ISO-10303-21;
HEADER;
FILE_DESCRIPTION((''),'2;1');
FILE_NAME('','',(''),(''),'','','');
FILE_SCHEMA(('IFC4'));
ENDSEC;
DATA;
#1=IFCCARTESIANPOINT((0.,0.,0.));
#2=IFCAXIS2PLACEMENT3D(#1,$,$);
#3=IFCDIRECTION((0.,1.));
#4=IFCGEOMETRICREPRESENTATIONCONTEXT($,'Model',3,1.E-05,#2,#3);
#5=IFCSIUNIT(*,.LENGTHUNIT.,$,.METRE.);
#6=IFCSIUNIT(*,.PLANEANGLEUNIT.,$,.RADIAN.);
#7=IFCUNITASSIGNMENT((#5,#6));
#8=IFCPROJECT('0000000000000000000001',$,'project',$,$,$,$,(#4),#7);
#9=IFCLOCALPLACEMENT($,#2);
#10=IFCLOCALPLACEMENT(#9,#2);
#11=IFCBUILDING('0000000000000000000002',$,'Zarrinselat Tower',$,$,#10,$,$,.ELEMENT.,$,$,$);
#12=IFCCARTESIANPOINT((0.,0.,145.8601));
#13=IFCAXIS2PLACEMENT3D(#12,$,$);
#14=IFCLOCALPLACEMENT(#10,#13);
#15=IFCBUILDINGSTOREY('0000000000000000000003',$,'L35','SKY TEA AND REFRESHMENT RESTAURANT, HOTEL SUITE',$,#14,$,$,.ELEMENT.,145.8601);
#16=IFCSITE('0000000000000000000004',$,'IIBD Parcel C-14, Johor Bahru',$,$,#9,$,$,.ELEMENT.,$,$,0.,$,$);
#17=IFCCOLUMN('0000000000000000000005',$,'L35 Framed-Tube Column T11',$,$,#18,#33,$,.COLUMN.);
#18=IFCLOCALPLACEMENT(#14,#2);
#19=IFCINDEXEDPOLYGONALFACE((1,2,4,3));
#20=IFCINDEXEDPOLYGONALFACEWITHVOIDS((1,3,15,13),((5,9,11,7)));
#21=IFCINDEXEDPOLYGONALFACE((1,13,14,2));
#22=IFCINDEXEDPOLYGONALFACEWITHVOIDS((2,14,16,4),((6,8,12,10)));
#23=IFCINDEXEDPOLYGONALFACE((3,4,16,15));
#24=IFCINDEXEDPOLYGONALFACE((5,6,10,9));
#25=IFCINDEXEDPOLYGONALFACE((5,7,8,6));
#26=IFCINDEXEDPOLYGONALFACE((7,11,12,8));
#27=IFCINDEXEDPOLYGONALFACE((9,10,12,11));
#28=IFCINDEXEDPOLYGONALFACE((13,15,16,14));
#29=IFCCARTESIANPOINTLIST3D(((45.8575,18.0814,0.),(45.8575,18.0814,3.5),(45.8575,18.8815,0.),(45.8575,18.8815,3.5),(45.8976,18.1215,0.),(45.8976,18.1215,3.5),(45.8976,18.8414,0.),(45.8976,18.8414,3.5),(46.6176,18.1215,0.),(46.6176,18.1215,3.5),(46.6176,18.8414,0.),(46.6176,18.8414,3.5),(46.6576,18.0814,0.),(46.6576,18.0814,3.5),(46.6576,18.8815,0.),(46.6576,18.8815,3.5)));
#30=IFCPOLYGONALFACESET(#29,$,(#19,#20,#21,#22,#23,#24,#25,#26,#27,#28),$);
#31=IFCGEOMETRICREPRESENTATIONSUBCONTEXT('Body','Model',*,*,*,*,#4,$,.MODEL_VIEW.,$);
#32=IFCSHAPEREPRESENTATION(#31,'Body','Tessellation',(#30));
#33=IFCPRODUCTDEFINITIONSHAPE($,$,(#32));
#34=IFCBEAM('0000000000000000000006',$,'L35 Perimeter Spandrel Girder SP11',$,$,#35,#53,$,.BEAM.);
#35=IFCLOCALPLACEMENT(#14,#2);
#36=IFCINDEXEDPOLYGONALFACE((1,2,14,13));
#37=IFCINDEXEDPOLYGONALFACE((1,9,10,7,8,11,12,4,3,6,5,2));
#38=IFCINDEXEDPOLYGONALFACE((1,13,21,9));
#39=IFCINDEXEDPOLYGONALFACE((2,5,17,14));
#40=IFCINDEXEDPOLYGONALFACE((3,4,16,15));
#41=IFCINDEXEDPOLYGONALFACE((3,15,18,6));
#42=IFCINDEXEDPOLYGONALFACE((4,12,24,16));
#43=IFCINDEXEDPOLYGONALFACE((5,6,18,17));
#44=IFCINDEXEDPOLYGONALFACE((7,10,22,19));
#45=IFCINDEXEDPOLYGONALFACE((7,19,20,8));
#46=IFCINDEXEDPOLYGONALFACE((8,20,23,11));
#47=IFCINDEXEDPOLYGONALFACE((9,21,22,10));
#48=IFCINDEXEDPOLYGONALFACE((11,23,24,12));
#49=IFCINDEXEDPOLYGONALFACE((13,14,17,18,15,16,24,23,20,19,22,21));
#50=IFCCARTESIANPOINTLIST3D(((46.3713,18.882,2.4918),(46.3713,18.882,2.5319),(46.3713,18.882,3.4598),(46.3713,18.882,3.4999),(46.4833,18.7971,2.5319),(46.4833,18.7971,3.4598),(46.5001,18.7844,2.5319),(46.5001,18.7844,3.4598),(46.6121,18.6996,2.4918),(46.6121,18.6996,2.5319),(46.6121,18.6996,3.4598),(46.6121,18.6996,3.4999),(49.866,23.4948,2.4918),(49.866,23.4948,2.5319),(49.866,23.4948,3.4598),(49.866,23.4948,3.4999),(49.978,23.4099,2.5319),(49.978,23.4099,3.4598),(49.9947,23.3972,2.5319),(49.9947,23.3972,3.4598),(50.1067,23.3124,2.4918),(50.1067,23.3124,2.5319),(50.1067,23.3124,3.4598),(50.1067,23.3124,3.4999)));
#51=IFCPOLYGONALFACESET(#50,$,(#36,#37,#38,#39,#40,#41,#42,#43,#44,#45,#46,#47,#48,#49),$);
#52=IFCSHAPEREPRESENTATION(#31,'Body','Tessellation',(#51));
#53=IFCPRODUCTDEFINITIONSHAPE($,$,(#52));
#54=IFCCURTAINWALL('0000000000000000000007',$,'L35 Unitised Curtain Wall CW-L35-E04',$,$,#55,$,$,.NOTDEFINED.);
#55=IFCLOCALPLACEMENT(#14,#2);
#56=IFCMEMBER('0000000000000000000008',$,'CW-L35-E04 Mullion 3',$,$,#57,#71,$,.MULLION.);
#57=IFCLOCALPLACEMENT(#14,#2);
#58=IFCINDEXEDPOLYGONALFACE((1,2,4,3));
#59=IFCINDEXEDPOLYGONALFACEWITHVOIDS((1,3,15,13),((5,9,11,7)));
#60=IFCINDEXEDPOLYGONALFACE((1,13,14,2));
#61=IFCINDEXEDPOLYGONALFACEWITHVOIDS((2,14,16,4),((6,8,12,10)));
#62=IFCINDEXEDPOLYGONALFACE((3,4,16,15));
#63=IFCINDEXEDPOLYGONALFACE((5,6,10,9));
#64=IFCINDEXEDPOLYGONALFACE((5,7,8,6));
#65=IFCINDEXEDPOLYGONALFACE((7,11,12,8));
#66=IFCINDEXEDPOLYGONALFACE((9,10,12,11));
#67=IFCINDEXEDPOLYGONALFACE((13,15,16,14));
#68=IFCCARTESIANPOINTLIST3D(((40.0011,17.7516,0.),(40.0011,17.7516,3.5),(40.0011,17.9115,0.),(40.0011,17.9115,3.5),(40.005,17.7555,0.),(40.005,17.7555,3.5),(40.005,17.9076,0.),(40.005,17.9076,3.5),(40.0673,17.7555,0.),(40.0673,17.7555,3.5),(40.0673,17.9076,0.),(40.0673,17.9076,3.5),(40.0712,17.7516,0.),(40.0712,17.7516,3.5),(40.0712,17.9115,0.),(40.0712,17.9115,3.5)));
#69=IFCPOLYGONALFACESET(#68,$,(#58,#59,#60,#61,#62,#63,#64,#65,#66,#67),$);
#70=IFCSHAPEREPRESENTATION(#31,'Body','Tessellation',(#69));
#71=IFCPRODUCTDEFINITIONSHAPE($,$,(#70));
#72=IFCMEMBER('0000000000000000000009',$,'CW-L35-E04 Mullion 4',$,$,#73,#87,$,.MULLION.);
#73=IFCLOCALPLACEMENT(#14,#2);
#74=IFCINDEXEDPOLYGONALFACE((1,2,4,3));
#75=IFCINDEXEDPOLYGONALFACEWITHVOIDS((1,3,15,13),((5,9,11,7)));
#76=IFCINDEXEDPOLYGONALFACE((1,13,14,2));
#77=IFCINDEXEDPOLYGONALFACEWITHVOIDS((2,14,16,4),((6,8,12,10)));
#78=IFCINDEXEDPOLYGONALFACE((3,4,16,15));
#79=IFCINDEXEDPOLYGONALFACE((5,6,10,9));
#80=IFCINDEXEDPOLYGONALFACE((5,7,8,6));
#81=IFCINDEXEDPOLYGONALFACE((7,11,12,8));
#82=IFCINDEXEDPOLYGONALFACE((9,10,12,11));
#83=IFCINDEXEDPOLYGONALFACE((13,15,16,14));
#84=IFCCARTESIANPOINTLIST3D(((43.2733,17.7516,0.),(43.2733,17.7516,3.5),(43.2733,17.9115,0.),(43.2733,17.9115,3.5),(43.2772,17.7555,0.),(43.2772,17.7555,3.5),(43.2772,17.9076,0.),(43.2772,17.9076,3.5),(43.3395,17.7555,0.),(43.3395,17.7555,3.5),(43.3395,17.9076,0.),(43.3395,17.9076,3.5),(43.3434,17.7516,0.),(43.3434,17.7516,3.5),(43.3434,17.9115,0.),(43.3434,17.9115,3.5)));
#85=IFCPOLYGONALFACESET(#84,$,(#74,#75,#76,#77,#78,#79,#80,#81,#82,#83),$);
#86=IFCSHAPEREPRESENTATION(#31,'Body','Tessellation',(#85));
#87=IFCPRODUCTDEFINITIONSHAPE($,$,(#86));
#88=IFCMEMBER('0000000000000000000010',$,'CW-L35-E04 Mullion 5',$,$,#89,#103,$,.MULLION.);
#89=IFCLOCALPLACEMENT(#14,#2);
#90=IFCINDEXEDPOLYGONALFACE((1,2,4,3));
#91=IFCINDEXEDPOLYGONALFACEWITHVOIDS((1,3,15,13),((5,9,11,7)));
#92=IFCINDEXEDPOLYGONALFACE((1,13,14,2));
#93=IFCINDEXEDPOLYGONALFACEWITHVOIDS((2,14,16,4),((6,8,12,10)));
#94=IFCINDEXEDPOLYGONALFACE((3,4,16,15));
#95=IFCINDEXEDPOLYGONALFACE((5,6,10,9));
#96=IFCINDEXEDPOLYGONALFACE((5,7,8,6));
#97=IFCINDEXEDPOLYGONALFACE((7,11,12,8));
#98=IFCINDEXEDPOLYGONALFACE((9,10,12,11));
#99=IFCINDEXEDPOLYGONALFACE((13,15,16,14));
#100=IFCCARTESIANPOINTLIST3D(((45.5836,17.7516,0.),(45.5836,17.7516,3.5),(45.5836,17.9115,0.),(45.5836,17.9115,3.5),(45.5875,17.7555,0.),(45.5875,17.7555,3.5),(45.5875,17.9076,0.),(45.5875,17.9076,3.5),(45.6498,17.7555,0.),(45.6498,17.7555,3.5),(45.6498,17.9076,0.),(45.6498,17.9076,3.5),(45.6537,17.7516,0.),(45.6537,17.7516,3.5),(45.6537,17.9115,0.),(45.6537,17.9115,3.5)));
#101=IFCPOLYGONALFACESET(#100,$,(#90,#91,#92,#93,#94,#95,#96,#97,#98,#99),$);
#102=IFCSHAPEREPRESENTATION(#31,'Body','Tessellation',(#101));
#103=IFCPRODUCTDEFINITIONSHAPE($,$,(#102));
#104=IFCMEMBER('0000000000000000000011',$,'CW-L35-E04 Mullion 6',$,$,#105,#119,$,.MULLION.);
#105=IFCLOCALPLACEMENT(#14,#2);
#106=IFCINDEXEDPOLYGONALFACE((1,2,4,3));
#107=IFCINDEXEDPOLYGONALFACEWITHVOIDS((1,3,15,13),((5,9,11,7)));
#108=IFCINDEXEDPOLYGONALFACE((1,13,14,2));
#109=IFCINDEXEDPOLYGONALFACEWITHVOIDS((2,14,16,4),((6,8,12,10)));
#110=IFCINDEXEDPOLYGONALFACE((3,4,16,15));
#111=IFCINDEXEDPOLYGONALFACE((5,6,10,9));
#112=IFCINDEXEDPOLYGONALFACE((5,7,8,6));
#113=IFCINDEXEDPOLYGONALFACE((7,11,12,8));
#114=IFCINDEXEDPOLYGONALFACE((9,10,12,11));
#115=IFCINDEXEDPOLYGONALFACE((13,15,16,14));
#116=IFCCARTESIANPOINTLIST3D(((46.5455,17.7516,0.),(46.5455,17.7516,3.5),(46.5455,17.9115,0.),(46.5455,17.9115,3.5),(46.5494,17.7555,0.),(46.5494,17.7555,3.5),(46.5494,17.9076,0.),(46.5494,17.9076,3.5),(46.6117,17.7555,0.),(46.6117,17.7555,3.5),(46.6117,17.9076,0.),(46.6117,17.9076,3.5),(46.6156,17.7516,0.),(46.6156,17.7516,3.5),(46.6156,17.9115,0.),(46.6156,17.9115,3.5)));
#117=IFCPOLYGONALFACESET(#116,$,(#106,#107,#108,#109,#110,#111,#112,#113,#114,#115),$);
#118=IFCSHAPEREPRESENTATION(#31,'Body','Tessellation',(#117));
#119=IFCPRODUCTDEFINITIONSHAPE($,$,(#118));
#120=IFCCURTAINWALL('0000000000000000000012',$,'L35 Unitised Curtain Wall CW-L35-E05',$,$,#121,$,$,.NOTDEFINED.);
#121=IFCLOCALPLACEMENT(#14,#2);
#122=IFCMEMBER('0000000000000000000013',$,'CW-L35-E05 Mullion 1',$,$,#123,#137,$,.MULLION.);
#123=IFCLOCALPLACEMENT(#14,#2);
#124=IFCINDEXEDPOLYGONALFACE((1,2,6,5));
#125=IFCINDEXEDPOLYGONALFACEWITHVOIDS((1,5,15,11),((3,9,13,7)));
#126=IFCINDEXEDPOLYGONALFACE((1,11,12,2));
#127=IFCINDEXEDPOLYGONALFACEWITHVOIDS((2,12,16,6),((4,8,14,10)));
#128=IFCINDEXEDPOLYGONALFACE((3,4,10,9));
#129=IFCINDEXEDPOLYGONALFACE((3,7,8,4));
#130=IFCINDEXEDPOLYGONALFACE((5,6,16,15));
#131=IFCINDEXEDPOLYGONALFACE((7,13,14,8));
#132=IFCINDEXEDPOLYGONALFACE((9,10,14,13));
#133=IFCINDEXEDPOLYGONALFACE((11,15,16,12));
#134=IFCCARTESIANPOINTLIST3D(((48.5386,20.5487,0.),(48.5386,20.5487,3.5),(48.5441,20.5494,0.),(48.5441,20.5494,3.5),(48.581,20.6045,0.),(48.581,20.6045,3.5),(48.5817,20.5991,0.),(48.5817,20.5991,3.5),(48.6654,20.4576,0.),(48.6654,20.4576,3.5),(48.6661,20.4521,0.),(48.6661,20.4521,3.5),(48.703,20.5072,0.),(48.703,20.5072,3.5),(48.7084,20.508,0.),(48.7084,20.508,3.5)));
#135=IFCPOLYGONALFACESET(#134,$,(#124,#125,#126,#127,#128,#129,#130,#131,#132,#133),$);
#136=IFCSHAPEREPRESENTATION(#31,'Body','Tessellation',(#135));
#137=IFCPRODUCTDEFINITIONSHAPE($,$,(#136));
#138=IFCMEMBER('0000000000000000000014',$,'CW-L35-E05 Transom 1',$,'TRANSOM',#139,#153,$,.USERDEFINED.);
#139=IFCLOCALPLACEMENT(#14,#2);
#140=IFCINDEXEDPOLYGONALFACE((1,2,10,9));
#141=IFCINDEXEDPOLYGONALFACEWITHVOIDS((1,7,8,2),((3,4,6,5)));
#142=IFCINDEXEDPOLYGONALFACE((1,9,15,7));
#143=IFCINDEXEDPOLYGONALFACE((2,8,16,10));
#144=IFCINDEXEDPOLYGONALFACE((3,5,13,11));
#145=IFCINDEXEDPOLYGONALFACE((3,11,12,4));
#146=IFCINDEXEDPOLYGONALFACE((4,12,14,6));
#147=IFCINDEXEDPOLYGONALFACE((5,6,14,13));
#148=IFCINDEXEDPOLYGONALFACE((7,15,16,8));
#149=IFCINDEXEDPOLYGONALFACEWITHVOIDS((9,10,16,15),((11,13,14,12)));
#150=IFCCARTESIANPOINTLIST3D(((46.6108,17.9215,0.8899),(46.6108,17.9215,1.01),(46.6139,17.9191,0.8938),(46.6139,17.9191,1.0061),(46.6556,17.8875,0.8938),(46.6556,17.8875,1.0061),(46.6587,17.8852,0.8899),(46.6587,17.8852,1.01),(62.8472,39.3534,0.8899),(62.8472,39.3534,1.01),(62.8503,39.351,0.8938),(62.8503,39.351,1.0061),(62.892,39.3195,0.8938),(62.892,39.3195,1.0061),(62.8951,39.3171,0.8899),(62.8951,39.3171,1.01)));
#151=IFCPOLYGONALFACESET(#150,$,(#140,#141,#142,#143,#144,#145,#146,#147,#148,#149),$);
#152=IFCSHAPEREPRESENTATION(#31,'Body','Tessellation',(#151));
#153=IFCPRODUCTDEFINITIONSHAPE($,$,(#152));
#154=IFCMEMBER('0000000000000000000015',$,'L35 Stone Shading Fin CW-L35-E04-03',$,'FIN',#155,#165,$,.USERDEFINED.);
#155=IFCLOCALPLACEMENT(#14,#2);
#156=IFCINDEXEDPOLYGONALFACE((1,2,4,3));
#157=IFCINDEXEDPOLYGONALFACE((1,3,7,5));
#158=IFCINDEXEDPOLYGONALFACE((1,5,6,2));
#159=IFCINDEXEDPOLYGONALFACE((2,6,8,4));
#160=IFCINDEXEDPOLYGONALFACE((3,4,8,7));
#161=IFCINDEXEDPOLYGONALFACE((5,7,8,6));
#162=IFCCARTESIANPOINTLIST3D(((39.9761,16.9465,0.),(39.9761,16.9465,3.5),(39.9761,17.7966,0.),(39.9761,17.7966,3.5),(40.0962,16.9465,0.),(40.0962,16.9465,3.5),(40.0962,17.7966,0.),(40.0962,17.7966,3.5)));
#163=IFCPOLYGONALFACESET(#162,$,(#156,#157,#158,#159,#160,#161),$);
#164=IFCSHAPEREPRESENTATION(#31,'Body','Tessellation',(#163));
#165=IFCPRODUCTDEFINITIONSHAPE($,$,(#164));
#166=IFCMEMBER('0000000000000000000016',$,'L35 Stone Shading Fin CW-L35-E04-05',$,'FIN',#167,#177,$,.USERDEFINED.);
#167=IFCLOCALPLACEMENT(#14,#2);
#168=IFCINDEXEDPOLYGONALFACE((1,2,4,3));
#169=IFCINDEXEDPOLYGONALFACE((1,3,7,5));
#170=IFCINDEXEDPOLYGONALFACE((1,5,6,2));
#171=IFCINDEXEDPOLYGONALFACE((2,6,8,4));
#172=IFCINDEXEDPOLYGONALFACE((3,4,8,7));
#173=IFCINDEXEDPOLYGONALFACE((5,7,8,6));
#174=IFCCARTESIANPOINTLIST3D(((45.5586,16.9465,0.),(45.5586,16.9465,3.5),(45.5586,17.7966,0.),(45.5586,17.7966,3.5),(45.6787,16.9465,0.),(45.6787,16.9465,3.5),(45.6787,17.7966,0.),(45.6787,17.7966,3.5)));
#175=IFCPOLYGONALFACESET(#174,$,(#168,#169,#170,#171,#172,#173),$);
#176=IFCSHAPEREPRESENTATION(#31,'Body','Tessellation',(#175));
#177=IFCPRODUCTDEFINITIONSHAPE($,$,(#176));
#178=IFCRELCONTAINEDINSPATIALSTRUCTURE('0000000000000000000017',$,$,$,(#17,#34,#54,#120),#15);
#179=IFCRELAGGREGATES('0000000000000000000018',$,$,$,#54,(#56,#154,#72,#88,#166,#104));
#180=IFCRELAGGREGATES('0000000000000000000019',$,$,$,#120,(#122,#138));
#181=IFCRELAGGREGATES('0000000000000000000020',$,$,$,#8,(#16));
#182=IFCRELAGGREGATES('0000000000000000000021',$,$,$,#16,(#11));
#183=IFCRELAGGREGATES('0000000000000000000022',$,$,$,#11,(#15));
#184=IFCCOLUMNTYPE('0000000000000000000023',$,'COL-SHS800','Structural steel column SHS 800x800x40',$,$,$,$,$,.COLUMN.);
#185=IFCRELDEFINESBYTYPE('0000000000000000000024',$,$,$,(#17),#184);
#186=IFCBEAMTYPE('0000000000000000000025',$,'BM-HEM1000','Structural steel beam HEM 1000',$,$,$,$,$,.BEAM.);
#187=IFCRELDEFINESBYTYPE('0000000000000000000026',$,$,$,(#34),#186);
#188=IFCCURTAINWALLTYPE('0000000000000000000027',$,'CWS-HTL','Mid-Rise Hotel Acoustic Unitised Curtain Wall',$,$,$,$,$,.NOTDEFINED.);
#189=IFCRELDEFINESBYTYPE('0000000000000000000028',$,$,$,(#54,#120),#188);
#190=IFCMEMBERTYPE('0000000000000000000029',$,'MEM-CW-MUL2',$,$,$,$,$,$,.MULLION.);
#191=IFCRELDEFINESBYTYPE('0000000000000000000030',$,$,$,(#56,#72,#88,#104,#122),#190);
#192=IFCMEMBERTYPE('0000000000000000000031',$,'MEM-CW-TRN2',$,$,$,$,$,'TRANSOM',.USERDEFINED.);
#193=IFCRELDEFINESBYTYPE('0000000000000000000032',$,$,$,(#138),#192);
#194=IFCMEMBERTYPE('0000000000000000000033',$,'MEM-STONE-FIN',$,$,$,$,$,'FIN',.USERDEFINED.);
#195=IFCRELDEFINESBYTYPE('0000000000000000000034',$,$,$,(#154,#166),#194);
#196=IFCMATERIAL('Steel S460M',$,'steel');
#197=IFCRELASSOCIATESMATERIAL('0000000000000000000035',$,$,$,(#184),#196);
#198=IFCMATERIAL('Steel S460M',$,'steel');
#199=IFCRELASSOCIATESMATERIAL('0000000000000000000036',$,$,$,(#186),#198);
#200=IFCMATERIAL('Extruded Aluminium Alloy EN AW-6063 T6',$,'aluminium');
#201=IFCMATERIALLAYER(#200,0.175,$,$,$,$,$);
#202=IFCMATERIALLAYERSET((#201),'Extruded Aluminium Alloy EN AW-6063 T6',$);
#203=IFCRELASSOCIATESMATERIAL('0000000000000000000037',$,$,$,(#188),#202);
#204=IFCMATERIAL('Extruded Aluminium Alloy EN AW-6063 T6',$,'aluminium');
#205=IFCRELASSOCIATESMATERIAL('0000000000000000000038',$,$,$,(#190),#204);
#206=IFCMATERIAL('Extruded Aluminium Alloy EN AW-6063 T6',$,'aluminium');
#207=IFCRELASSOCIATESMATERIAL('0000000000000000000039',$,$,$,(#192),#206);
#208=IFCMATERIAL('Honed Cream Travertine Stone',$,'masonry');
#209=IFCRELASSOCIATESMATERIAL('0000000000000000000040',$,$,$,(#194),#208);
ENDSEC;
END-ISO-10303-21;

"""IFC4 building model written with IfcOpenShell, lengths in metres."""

from ifc_helpers import new_model, si_unit, direction, frame, origin, origin_2d, place, context, subcontext, project, spatial, rectangle, hollow_rectangle, i_section, extrude, material, layer, layer_set, material_profile, profile_set, type_object, element, aggregate, save


model = new_model("IFC4")

# Units and contexts
model_context = context("Model", 3, precision=1e-05, world=origin(), true_north=direction((0.0, 1.0)))
body_context = subcontext(model_context, "Body", "Model", "MODEL_VIEW")
ifc_project = project(units=[si_unit("LENGTHUNIT", "METRE"), si_unit("PLANEANGLEUNIT", "RADIAN")], contexts=[model_context])

# Site, building, storey
site_placement = place(None, origin())
site = spatial("IfcSite", under=ifc_project, at=site_placement, Name="IIBD Parcel C-14, Johor Bahru", CompositionType="ELEMENT", RefElevation=0.0)
building_placement = place(site_placement, origin())
building = spatial("IfcBuilding", under=site, at=building_placement, Name="Zarrinselat Tower", CompositionType="ELEMENT")
storey_placement = place(building_placement, frame((0.0, 0.0, 145.8601)))
storey = spatial("IfcBuildingStorey", under=building, at=storey_placement, Name="L35", Description="SKY TEA AND REFRESHMENT RESTAURANT, HOTEL SUITE", CompositionType="ELEMENT", Elevation=145.8601)

# Column
ifc_material_1 = material(Name="Steel S460M", Category="steel")
ifc_material_profile_1 = material_profile(ifc_material_1, hollow_rectangle(XDim=0.8, YDim=0.8, WallThickness=0.04, at=origin_2d()), Name="SHS 800x800x40")
ifc_profile_set_1 = profile_set([ifc_material_profile_1], Name="Steel S460M")
column_type = type_object("IfcColumnType", Name="COL-SHS800", Description="Structural steel column SHS 800x800x40", PredefinedType="COLUMN", material=ifc_profile_set_1)
column_placement = place(storey_placement, frame((46.2576, 18.4814, 0.0), z_axis=(0.0, 0.0, 1.0), x_axis=(1.0, 0.0, 0.0)))
element("IfcColumn", 1, at=column_placement, inside=storey, type_object=column_type, Name="L35 Framed-Tube Column T11", PredefinedType="COLUMN", context=body_context, shape_type="SweptSolid", body=[
    extrude(hollow_rectangle(XDim=0.8, YDim=0.8, WallThickness=0.04, at=origin_2d()), origin(), (0.0, 0.0, 1.0), 3.5),
])

# Beam
ifc_material_2 = material(Name="Steel S460M", Category="steel")
ifc_material_profile_2 = material_profile(ifc_material_2, i_section(OverallWidth=0.302, OverallDepth=1.0081, WebThickness=0.021, FlangeThickness=0.04, at=origin_2d()), Name="HEM 1000")
ifc_profile_set_2 = profile_set([ifc_material_profile_2], Name="Steel S460M")
beam_type = type_object("IfcBeamType", Name="BM-HEM1000", Description="Structural steel beam HEM 1000", PredefinedType="BEAM", material=ifc_profile_set_2)
beam_placement = place(storey_placement, frame((46.4917, 18.7908, 2.9958), z_axis=(0.603867, 0.797085, 0.0), x_axis=(-0.797085, 0.603867, 0.0)))
element("IfcBeam", 2, at=beam_placement, inside=storey, type_object=beam_type, Name="L35 Perimeter Spandrel Girder SP11", PredefinedType="BEAM", context=body_context, shape_type="SweptSolid", body=[
    extrude(i_section(OverallWidth=0.302, OverallDepth=1.0081, WebThickness=0.021, FlangeThickness=0.04, at=origin_2d()), origin(), (0.0, 0.0, 1.0), 5.7871),
])

# Curtain walls, members
ifc_material_3 = material(Name="Extruded Aluminium Alloy EN AW-6063 T6", Category="aluminium")
ifc_layer_1 = layer(ifc_material_3, 0.175)
ifc_layer_set_1 = layer_set([ifc_layer_1], Name="Extruded Aluminium Alloy EN AW-6063 T6")
curtain_wall_type = type_object("IfcCurtainWallType", Name="CWS-HTL", Description="Mid-Rise Hotel Acoustic Unitised Curtain Wall", PredefinedType="NOTDEFINED", material=ifc_layer_set_1)
curtain_wall_1_placement = place(storey_placement, origin())
curtain_wall_1 = element("IfcCurtainWall", 3, at=curtain_wall_1_placement, inside=storey, type_object=curtain_wall_type, Name="L35 Unitised Curtain Wall CW-L35-E04", PredefinedType="NOTDEFINED")
ifc_material_4 = material(Name="Extruded Aluminium Alloy EN AW-6063 T6", Category="aluminium")
ifc_material_profile_3 = material_profile(ifc_material_4, hollow_rectangle(XDim=0.0701, YDim=0.1599, WallThickness=0.0039, at=origin_2d()), Name="RHS 160x70x4")
ifc_profile_set_3 = profile_set([ifc_material_profile_3], Name="Extruded Aluminium Alloy EN AW-6063 T6")
member_type_1 = type_object("IfcMemberType", Name="MEM-CW-MUL2", PredefinedType="MULLION", material=ifc_profile_set_3)
member_1_placement = place(storey_placement, frame((40.0361, 17.8315, 0.0), z_axis=(0.0, 0.0, 1.0), x_axis=(1.0, 0.0, 0.0)))
member_1 = element("IfcMember", 4, at=member_1_placement, type_object=member_type_1, Name="CW-L35-E04 Mullion 3", PredefinedType="MULLION", context=body_context, shape_type="SweptSolid", body=[
    extrude(hollow_rectangle(XDim=0.0701, YDim=0.1599, WallThickness=0.0039, at=origin_2d()), origin(), (0.0, 0.0, 1.0), 3.5),
])
member_2_placement = place(storey_placement, frame((43.3083, 17.8315, 0.0), z_axis=(0.0, 0.0, 1.0), x_axis=(1.0, 0.0, 0.0)))
member_2 = element("IfcMember", 5, at=member_2_placement, type_object=member_type_1, Name="CW-L35-E04 Mullion 4", PredefinedType="MULLION", context=body_context, shape_type="SweptSolid", body=[
    extrude(hollow_rectangle(XDim=0.0701, YDim=0.1599, WallThickness=0.0039, at=origin_2d()), origin(), (0.0, 0.0, 1.0), 3.5),
])
member_3_placement = place(storey_placement, frame((45.6187, 17.8315, 0.0), z_axis=(0.0, 0.0, 1.0), x_axis=(1.0, 0.0, 0.0)))
member_3 = element("IfcMember", 6, at=member_3_placement, type_object=member_type_1, Name="CW-L35-E04 Mullion 5", PredefinedType="MULLION", context=body_context, shape_type="SweptSolid", body=[
    extrude(hollow_rectangle(XDim=0.0701, YDim=0.1599, WallThickness=0.0039, at=origin_2d()), origin(), (0.0, 0.0, 1.0), 3.5),
])
member_4_placement = place(storey_placement, frame((46.5806, 17.8315, 0.0), z_axis=(0.0, 0.0, 1.0), x_axis=(1.0, 0.0, 0.0)))
member_4 = element("IfcMember", 7, at=member_4_placement, type_object=member_type_1, Name="CW-L35-E04 Mullion 6", PredefinedType="MULLION", context=body_context, shape_type="SweptSolid", body=[
    extrude(hollow_rectangle(XDim=0.0701, YDim=0.1599, WallThickness=0.0039, at=origin_2d()), origin(), (0.0, 0.0, 1.0), 3.5),
])
curtain_wall_2_placement = place(storey_placement, origin())
curtain_wall_2 = element("IfcCurtainWall", 8, at=curtain_wall_2_placement, inside=storey, type_object=curtain_wall_type, Name="L35 Unitised Curtain Wall CW-L35-E05", PredefinedType="NOTDEFINED")
member_5_placement = place(storey_placement, frame((48.6235, 20.5283, 0.0), z_axis=(0.0, 0.0, 1.0), x_axis=(0.603858, 0.797092, 0.0)))
member_5 = element("IfcMember", 9, at=member_5_placement, type_object=member_type_1, Name="CW-L35-E05 Mullion 1", PredefinedType="MULLION", context=body_context, shape_type="SweptSolid", body=[
    extrude(hollow_rectangle(XDim=0.0701, YDim=0.1599, WallThickness=0.0039, at=origin_2d()), origin(), (0.0, 0.0, 1.0), 3.5),
])
ifc_material_5 = material(Name="Extruded Aluminium Alloy EN AW-6063 T6", Category="aluminium")
ifc_material_profile_4 = material_profile(ifc_material_5, hollow_rectangle(XDim=0.0601, YDim=0.1201, WallThickness=0.0039, at=origin_2d()), Name="RHS 120x60x4")
ifc_profile_set_4 = profile_set([ifc_material_profile_4], Name="Extruded Aluminium Alloy EN AW-6063 T6")
member_type_2 = type_object("IfcMemberType", Name="MEM-CW-TRN2", ElementType="TRANSOM", PredefinedType="USERDEFINED", material=ifc_profile_set_4)
member_6_placement = place(storey_placement, frame((46.6348, 17.9033, 0.95), z_axis=(0.603859, 0.797091, 0.0), x_axis=(-0.797091, 0.603859, 0.0)))
member_6 = element("IfcMember", 10, at=member_6_placement, type_object=member_type_2, Name="CW-L35-E05 Transom 1", ObjectType="TRANSOM", PredefinedType="USERDEFINED", context=body_context, shape_type="SweptSolid", body=[
    extrude(hollow_rectangle(XDim=0.0601, YDim=0.1201, WallThickness=0.0039, at=origin_2d()), origin(), (0.0, 0.0, 1.0), 26.8877),
])

# Members
ifc_material_6 = material(Name="Honed Cream Travertine Stone", Category="masonry")
ifc_material_profile_5 = material_profile(ifc_material_6, rectangle(XDim=0.1201, YDim=0.8501, at=origin_2d()), Name="FIN 850x120")
ifc_profile_set_5 = profile_set([ifc_material_profile_5], Name="Honed Cream Travertine Stone")
member_type_3 = type_object("IfcMemberType", Name="MEM-STONE-FIN", ElementType="FIN", PredefinedType="USERDEFINED", material=ifc_profile_set_5)
member_7_placement = place(storey_placement, frame((40.0361, 17.3716, 0.0), z_axis=(0.0, 0.0, 1.0), x_axis=(-1.0, 0.0, 0.0)))
member_7 = element("IfcMember", 11, at=member_7_placement, type_object=member_type_3, Name="L35 Stone Shading Fin CW-L35-E04-03", ObjectType="FIN", PredefinedType="USERDEFINED", context=body_context, shape_type="SweptSolid", body=[
    extrude(rectangle(XDim=0.1201, YDim=0.8501, at=origin_2d()), origin(), (0.0, 0.0, 1.0), 3.5),
])
member_8_placement = place(storey_placement, frame((45.6187, 17.3716, 0.0), z_axis=(0.0, 0.0, 1.0), x_axis=(-1.0, 0.0, 0.0)))
member_8 = element("IfcMember", 12, at=member_8_placement, type_object=member_type_3, Name="L35 Stone Shading Fin CW-L35-E04-05", ObjectType="FIN", PredefinedType="USERDEFINED", context=body_context, shape_type="SweptSolid", body=[
    extrude(rectangle(XDim=0.1201, YDim=0.8501, at=origin_2d()), origin(), (0.0, 0.0, 1.0), 3.5),
])

aggregate(curtain_wall_1, [member_1, member_7, member_2, member_3, member_8, member_4])
aggregate(curtain_wall_2, [member_5, member_6])

save(model, "model.ifc")
